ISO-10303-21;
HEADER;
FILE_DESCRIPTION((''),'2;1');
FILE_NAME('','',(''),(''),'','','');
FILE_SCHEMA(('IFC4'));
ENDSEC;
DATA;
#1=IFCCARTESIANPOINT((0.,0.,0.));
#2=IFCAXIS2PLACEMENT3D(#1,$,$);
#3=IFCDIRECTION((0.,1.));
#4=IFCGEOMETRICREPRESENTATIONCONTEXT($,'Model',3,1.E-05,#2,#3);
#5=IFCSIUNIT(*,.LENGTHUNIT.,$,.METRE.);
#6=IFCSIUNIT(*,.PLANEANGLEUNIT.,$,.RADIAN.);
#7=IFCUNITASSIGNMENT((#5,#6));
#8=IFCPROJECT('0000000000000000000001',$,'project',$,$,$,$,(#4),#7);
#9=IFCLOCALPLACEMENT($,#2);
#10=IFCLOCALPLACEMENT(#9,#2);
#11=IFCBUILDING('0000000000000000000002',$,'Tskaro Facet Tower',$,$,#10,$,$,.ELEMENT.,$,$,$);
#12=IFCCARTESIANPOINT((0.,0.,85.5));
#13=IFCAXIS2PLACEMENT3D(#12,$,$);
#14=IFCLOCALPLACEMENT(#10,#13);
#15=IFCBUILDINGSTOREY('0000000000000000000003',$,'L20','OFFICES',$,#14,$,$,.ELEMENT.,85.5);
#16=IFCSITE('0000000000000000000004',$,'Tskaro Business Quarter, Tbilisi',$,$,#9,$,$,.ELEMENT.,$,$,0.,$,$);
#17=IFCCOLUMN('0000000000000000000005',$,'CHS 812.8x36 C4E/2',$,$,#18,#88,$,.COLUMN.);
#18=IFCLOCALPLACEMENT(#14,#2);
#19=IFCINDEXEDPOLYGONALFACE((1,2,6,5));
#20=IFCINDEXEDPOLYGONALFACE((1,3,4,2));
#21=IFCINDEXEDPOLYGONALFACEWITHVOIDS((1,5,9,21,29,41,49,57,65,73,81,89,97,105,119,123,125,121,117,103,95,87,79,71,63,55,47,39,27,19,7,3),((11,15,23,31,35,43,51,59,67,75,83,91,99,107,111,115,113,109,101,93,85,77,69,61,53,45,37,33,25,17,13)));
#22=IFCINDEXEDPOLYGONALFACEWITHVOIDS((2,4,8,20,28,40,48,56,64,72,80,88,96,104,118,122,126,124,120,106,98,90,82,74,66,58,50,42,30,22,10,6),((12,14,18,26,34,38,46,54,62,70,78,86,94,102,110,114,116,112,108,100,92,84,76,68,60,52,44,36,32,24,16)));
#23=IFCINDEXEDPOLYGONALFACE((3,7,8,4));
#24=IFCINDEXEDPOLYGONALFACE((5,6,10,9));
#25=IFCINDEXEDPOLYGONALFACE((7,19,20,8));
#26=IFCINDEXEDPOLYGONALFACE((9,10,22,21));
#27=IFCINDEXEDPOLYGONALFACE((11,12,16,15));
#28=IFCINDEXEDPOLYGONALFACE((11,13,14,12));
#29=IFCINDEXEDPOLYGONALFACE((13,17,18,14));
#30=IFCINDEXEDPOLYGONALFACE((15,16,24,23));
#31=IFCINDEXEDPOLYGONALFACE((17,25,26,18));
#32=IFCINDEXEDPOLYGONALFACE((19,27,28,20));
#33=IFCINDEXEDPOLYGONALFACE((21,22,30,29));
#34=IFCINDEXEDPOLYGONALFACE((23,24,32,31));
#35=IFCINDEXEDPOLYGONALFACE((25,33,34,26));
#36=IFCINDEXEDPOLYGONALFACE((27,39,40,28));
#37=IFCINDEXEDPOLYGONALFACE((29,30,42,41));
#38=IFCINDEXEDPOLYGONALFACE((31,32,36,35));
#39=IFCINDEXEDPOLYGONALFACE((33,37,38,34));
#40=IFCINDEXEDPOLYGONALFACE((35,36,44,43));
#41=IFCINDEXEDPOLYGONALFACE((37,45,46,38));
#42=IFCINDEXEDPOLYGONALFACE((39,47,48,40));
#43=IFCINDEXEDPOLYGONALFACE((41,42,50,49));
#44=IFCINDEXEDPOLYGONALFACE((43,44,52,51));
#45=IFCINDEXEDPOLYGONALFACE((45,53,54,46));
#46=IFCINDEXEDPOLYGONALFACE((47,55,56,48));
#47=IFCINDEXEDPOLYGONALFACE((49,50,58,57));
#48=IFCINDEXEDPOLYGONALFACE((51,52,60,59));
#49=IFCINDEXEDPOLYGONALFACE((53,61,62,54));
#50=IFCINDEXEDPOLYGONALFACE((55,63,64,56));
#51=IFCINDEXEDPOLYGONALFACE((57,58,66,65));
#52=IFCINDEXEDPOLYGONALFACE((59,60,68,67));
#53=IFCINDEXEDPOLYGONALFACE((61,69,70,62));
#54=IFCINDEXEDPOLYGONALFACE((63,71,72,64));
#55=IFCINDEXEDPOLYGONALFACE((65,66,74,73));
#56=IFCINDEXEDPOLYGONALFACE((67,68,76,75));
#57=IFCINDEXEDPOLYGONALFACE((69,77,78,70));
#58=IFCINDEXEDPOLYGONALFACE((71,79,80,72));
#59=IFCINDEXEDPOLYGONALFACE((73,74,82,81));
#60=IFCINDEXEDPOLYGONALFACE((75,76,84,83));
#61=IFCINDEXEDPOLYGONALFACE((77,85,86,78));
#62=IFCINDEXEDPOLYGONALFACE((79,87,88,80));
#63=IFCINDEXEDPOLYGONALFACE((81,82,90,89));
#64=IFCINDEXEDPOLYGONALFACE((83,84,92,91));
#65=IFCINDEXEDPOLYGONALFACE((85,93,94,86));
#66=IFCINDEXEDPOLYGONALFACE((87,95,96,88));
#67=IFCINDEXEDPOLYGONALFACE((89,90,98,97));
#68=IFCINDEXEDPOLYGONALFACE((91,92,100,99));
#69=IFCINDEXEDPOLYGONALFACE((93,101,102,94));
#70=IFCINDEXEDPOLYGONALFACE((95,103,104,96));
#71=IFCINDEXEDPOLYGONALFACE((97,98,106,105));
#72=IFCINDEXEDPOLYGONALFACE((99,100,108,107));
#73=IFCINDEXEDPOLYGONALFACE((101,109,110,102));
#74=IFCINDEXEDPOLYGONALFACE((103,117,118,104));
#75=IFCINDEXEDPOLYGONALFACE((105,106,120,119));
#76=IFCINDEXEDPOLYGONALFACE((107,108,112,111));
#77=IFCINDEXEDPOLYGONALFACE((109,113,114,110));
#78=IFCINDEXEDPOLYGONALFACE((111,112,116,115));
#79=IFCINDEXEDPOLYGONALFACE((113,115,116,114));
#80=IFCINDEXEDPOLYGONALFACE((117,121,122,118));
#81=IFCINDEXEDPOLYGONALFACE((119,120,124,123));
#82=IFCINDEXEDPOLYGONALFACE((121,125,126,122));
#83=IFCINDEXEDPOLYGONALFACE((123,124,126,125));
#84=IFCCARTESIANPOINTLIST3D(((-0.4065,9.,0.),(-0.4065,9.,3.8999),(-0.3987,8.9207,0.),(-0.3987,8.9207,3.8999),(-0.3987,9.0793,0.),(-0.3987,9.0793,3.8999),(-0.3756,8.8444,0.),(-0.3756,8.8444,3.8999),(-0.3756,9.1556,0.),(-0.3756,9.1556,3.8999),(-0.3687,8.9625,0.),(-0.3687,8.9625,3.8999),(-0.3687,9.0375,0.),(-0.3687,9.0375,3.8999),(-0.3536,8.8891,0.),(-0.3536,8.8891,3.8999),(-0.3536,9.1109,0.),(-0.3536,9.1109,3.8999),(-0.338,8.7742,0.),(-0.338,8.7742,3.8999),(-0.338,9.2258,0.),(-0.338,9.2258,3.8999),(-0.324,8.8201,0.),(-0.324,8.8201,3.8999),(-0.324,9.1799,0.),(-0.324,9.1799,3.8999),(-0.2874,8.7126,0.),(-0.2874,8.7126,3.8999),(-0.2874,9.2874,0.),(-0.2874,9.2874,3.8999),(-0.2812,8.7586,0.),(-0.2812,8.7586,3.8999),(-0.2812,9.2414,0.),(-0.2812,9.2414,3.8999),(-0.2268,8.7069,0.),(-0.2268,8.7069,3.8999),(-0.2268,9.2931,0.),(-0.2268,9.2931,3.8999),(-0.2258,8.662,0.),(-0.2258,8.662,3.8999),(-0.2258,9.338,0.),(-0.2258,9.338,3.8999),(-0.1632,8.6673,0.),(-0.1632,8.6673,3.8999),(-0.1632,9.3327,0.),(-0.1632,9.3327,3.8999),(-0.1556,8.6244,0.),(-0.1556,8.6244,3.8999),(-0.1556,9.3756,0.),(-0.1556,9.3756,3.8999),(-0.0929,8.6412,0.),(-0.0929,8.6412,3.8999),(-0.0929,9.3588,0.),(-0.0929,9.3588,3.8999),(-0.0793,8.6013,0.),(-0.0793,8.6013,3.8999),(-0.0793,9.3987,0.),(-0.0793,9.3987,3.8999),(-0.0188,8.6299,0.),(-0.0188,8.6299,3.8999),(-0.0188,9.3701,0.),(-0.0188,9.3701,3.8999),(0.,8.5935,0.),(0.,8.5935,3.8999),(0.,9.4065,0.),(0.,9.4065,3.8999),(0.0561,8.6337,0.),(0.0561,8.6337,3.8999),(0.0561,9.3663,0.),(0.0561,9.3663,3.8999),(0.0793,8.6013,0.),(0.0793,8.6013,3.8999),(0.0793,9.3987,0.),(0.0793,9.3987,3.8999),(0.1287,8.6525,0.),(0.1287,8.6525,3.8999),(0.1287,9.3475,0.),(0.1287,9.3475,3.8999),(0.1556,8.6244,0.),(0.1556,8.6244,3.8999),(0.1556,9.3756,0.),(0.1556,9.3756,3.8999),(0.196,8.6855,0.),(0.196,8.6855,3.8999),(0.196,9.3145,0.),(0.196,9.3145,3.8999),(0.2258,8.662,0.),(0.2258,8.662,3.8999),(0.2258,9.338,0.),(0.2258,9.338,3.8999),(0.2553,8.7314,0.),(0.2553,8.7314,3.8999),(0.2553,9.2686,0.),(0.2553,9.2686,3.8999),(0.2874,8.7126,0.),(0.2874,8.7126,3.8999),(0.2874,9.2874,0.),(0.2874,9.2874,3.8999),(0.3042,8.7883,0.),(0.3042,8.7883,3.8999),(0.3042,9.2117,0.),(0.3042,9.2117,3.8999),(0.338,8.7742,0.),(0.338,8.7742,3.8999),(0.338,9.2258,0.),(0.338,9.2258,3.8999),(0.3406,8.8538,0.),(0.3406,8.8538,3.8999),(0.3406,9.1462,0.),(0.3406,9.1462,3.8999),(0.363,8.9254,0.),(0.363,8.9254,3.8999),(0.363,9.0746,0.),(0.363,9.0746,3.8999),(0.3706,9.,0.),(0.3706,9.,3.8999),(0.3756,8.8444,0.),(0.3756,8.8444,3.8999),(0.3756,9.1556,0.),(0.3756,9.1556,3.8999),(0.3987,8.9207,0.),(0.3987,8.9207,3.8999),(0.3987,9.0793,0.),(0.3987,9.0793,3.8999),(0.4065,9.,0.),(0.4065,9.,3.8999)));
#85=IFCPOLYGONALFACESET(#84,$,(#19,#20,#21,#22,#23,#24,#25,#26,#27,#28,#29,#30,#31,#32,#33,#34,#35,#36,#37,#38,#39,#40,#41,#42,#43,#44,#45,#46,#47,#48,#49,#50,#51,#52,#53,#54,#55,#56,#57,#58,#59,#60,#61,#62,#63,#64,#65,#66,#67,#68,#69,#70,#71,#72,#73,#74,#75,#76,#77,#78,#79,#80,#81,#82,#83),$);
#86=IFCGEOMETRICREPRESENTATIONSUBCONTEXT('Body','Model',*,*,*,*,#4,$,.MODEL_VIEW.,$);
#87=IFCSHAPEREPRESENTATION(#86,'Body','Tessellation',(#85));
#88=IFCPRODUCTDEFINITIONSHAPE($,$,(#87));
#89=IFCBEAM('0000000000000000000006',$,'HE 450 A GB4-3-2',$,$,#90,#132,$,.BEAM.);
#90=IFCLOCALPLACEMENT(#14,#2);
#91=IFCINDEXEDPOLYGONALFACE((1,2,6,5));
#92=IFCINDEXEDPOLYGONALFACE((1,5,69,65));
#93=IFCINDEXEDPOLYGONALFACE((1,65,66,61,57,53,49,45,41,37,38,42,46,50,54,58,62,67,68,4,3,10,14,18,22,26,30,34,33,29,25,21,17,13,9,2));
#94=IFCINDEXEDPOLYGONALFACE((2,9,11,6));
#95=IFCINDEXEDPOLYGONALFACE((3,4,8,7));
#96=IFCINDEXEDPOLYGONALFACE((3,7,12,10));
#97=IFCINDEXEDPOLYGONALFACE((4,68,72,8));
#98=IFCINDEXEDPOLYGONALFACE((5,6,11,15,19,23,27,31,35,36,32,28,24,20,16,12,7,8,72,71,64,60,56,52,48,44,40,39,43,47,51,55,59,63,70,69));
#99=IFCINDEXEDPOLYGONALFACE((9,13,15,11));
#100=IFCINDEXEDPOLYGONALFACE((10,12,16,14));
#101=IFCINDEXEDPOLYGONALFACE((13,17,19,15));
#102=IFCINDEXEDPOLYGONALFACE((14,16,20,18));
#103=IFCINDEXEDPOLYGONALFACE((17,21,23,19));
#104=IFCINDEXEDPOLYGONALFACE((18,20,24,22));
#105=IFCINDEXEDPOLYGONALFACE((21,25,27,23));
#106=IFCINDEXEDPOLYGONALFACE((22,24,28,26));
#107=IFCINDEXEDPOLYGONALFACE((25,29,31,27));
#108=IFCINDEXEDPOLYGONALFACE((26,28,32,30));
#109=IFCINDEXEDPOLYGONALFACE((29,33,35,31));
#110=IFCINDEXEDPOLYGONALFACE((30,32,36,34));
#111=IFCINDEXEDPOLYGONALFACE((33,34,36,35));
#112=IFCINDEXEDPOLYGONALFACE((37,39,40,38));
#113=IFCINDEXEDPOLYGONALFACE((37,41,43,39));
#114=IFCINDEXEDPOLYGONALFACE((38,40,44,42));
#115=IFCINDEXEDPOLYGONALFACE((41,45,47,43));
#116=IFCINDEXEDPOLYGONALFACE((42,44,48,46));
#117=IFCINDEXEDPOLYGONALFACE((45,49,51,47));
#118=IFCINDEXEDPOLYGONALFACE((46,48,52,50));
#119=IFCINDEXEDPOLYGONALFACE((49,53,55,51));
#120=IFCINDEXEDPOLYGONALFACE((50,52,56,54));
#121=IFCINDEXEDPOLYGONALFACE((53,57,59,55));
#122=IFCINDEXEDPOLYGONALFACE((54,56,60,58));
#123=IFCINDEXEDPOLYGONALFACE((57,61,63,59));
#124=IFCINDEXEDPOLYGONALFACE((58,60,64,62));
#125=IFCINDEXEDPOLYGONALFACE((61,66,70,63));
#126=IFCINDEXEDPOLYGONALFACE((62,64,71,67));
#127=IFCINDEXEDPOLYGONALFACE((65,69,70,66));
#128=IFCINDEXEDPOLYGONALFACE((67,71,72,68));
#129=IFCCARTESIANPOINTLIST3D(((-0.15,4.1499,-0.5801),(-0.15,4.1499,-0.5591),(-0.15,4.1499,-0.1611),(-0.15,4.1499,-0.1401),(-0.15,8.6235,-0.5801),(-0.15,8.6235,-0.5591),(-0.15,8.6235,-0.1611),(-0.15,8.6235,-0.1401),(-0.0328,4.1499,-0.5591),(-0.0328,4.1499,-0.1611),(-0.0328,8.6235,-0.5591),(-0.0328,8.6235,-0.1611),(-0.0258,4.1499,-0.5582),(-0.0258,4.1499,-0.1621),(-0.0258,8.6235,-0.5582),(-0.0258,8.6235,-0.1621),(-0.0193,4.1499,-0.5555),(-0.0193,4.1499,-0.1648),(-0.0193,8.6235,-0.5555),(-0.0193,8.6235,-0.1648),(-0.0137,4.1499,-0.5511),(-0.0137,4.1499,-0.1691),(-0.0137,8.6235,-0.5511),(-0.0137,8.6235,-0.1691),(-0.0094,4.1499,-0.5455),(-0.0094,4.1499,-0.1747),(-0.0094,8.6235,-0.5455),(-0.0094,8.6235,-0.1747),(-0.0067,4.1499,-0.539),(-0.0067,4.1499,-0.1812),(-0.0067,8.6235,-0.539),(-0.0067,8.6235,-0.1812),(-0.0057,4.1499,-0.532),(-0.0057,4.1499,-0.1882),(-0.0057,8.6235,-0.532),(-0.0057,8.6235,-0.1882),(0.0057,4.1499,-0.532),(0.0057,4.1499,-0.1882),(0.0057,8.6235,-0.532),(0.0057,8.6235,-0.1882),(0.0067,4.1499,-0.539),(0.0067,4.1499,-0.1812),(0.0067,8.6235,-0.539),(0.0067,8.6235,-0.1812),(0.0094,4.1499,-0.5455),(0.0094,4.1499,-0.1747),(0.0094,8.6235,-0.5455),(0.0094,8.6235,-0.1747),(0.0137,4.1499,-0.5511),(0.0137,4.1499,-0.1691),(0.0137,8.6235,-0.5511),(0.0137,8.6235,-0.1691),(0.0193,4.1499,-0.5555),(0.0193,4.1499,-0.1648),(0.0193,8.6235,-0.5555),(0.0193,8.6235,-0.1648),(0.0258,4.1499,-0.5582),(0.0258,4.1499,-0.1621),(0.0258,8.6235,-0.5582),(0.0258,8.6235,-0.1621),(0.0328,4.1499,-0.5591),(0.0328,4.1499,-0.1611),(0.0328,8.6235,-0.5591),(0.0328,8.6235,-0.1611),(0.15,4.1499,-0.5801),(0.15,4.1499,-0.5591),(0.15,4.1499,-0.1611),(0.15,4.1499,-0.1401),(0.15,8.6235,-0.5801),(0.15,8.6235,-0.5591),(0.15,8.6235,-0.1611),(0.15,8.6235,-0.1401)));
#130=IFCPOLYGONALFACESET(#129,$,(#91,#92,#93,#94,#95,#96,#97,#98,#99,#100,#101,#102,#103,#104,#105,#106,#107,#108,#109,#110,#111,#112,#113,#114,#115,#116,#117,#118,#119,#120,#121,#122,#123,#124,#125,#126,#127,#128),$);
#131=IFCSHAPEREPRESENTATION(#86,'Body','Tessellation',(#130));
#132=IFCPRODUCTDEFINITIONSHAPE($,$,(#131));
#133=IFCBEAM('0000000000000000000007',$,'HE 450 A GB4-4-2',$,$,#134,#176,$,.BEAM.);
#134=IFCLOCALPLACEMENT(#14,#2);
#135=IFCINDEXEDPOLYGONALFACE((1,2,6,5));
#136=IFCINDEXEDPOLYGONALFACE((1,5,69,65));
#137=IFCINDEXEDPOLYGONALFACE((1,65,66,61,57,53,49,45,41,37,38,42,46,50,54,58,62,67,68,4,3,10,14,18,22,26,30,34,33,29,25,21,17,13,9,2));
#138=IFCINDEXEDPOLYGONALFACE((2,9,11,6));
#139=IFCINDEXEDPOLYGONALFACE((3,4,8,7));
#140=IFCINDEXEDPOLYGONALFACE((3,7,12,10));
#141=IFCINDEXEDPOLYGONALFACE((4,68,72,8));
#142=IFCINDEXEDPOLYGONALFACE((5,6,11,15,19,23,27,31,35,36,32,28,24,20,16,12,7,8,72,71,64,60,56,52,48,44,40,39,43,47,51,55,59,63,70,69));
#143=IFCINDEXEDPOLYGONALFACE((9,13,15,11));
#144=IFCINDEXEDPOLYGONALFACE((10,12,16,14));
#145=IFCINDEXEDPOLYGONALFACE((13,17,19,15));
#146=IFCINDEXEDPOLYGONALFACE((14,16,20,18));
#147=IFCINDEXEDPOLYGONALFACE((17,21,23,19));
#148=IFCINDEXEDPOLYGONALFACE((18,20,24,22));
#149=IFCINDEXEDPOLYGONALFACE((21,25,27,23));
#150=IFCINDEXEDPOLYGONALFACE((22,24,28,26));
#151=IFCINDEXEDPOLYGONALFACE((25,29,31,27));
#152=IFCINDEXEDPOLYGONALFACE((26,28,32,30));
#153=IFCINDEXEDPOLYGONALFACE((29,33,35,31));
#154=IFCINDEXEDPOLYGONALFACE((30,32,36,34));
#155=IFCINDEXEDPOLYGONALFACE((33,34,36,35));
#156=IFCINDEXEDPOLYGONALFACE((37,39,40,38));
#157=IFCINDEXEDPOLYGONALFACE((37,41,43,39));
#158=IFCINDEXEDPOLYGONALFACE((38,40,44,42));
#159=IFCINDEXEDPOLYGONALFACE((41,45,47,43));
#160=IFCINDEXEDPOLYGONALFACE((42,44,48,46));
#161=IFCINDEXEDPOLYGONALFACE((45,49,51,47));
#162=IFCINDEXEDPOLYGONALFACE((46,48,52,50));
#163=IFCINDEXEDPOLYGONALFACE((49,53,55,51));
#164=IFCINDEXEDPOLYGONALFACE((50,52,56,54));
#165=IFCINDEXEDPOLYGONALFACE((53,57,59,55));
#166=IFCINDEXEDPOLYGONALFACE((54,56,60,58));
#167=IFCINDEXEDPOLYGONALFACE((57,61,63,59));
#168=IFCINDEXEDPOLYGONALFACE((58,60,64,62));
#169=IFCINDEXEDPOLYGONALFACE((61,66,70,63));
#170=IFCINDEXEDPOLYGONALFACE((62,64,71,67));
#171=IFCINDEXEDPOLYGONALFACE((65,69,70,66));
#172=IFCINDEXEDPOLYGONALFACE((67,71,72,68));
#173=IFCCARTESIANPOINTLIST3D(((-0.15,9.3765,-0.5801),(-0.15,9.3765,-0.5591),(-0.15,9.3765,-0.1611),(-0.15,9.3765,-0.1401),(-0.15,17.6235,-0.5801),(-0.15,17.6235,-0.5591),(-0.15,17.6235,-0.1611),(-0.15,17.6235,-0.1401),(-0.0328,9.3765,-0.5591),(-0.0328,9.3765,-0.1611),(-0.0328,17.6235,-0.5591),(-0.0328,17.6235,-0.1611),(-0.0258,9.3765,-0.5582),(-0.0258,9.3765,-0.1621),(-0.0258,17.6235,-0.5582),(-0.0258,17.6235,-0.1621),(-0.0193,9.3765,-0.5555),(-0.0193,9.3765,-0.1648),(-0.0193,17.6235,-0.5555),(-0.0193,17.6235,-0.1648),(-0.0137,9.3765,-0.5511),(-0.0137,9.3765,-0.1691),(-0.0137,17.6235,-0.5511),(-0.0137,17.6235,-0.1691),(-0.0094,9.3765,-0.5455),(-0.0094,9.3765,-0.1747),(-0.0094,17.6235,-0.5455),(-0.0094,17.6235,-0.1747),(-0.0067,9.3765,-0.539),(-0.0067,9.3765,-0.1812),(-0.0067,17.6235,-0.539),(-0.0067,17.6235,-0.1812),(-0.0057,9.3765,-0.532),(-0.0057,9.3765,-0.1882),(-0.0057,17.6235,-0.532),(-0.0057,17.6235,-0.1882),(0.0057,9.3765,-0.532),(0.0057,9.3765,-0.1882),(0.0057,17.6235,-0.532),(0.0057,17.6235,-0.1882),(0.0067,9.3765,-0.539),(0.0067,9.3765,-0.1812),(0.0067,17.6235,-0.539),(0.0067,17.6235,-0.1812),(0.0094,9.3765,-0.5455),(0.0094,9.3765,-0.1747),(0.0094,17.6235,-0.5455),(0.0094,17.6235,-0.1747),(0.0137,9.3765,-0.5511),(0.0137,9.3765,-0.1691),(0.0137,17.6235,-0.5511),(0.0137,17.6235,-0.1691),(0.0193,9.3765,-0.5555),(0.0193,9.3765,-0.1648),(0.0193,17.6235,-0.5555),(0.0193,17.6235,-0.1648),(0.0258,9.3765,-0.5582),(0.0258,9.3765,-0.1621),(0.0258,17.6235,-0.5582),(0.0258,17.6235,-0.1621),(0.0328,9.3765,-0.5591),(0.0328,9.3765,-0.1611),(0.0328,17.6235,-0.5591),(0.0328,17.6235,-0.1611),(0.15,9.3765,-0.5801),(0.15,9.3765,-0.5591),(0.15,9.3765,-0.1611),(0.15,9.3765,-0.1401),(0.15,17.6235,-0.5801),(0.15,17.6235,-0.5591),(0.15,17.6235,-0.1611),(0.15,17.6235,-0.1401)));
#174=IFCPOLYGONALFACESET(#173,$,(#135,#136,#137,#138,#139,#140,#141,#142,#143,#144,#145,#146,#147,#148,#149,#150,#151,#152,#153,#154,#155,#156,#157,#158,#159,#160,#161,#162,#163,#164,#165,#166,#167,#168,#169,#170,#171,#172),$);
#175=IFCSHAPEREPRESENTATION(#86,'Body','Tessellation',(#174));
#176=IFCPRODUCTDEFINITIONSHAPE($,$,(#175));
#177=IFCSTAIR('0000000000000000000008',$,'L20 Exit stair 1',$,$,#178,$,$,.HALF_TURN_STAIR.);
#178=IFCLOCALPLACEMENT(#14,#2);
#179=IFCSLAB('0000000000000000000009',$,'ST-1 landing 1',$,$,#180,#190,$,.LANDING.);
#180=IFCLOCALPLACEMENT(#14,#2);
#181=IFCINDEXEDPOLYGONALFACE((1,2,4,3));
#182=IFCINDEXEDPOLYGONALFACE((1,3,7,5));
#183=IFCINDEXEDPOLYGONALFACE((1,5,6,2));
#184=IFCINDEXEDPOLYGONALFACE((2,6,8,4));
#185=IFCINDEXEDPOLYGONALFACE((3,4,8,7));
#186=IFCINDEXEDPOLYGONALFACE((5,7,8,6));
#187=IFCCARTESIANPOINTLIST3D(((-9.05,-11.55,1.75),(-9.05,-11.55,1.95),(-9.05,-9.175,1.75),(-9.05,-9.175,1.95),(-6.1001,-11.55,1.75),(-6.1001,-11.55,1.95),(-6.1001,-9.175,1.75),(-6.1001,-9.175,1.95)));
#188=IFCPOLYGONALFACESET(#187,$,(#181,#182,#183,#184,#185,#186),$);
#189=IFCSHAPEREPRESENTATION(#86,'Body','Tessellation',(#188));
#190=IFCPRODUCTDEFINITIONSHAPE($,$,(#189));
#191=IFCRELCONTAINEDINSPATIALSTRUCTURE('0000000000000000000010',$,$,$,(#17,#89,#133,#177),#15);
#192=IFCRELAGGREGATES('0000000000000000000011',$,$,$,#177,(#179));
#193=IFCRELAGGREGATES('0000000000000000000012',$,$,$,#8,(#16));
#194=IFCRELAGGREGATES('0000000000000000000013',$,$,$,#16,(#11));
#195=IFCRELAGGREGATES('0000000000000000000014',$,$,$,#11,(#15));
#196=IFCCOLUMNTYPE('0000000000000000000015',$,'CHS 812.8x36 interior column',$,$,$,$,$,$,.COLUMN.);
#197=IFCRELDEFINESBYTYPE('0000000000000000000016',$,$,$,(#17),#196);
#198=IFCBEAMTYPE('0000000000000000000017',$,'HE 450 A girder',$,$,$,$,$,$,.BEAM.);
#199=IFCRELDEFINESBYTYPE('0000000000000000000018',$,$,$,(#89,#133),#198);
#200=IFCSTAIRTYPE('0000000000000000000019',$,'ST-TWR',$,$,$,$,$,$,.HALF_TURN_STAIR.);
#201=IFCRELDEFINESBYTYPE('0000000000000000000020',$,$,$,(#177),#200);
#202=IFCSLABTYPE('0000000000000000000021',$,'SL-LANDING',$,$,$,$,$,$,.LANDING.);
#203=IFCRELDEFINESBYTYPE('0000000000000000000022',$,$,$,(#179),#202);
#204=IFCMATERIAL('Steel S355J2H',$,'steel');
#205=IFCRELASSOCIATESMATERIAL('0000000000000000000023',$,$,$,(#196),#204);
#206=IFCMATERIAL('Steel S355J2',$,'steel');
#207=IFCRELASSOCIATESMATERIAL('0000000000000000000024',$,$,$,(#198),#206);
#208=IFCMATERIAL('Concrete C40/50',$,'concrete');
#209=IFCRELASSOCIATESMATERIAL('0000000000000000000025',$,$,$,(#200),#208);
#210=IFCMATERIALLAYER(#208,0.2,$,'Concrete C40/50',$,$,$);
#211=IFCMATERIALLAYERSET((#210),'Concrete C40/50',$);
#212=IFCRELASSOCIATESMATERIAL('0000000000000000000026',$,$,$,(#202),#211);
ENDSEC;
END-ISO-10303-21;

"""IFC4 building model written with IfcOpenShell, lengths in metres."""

from ifc_helpers import new_model, si_unit, direction, frame, origin, origin_2d, place, context, subcontext, project, spatial, polyline, hollow_circle, i_section, outline, extrude, material, layer, layer_set, material_profile, profile_set, type_object, element, aggregate, save


model = new_model("IFC4")

# Units and contexts
model_context = context("Model", 3, precision=1e-05, world=origin(), true_north=direction((0.0, 1.0)))
body_context = subcontext(model_context, "Body", "Model", "MODEL_VIEW")
ifc_project = project(units=[si_unit("LENGTHUNIT", "METRE"), si_unit("PLANEANGLEUNIT", "RADIAN")], contexts=[model_context])

# Site, building, storey
site_placement = place(None, origin())
site = spatial("IfcSite", under=ifc_project, at=site_placement, Name="Tskaro Business Quarter, Tbilisi", CompositionType="ELEMENT", RefElevation=0.0)
building_placement = place(site_placement, origin())
building = spatial("IfcBuilding", under=site, at=building_placement, Name="Tskaro Facet Tower", CompositionType="ELEMENT")
storey_placement = place(building_placement, frame((0.0, 0.0, 85.5)))
storey = spatial("IfcBuildingStorey", under=building, at=storey_placement, Name="L20", Description="OFFICES", CompositionType="ELEMENT", Elevation=85.5)

# Column
ifc_material_1 = material(Name="Steel S355J2H", Category="steel")
ifc_material_profile_1 = material_profile(ifc_material_1, hollow_circle(Radius=0.4065, WallThickness=0.0359, at=origin_2d()), Name="CHS 812.8x36")
ifc_profile_set_1 = profile_set([ifc_material_profile_1], Name="Steel S355J2H")
column_type = type_object("IfcColumnType", Name="CHS 812.8x36 interior column", PredefinedType="COLUMN", material=ifc_profile_set_1)
column_placement = place(storey_placement, frame((0.0, 9.0, 0.0), z_axis=(0.0, 0.0, 1.0), x_axis=(1.0, 0.0, 0.0)))
element("IfcColumn", 1, at=column_placement, inside=storey, type_object=column_type, Name="CHS 812.8x36 C4E/2", PredefinedType="COLUMN", context=body_context, shape_type="SweptSolid", body=[
    extrude(hollow_circle(Radius=0.4065, WallThickness=0.0359, at=origin_2d()), origin(), (0.0, 0.0, 1.0), 3.8999),
])

# Beams
ifc_material_2 = material(Name="Steel S355J2", Category="steel")
ifc_material_profile_2 = material_profile(ifc_material_2, i_section(OverallWidth=0.3, OverallDepth=0.4399, WebThickness=0.0115, FlangeThickness=0.021, FilletRadius=0.0271, at=origin_2d()), Name="HE 450 A")
ifc_profile_set_2 = profile_set([ifc_material_profile_2], Name="Steel S355J2")
beam_type = type_object("IfcBeamType", Name="HE 450 A girder", PredefinedType="BEAM", material=ifc_profile_set_2)
beam_1_placement = place(storey_placement, frame((0.0, 4.1499, -0.3601), z_axis=(0.0, 1.0, 0.0), x_axis=(-1.0, 0.0, 0.0)))
element("IfcBeam", 2, at=beam_1_placement, inside=storey, type_object=beam_type, Name="HE 450 A GB4-3-2", PredefinedType="BEAM", context=body_context, shape_type="SweptSolid", body=[
    extrude(i_section(OverallWidth=0.3, OverallDepth=0.4399, WebThickness=0.0115, FlangeThickness=0.021, FilletRadius=0.0271, at=origin_2d()), origin(), (0.0, 0.0, 1.0), 4.4736),
])
beam_2_placement = place(storey_placement, frame((0.0, 9.3765, -0.3601), z_axis=(0.0, 1.0, 0.0), x_axis=(-1.0, 0.0, 0.0)))
element("IfcBeam", 3, at=beam_2_placement, inside=storey, type_object=beam_type, Name="HE 450 A GB4-4-2", PredefinedType="BEAM", context=body_context, shape_type="SweptSolid", body=[
    extrude(i_section(OverallWidth=0.3, OverallDepth=0.4399, WebThickness=0.0115, FlangeThickness=0.021, FilletRadius=0.0271, at=origin_2d()), origin(), (0.0, 0.0, 1.0), 8.2471),
])

# Stair, slab
ifc_material_3 = material(Name="Concrete C40/50", Category="concrete")
stair_type = type_object("IfcStairType", Name="ST-TWR", PredefinedType="HALF_TURN_STAIR", material=ifc_material_3)
stair_1_placement = place(storey_placement, origin())
stair_1 = element("IfcStair", 4, at=stair_1_placement, inside=storey, type_object=stair_type, Name="L20 Exit stair 1", PredefinedType="HALF_TURN_STAIR")
ifc_layer_1 = layer(ifc_material_3, 0.2, Name="Concrete C40/50")
ifc_layer_set_1 = layer_set([ifc_layer_1], Name="Concrete C40/50")
slab_type = type_object("IfcSlabType", Name="SL-LANDING", PredefinedType="LANDING", material=ifc_layer_set_1)
slab_1_placement = place(storey_placement, frame((0.0, 0.0, 1.75)))
slab_1 = element("IfcSlab", 5, at=slab_1_placement, type_object=slab_type, Name="ST-1 landing 1", PredefinedType="LANDING", context=body_context, shape_type="SweptSolid", body=[
    extrude(outline(polyline([(-9.05, -11.55), (-6.1001, -11.55), (-6.1001, -9.175), (-9.05, -9.175), (-9.05, -11.55)])), origin(), (0.0, 0.0, 1.0), 0.2),
])
aggregate(stair_1, [slab_1])

save(model, "model.ifc")
